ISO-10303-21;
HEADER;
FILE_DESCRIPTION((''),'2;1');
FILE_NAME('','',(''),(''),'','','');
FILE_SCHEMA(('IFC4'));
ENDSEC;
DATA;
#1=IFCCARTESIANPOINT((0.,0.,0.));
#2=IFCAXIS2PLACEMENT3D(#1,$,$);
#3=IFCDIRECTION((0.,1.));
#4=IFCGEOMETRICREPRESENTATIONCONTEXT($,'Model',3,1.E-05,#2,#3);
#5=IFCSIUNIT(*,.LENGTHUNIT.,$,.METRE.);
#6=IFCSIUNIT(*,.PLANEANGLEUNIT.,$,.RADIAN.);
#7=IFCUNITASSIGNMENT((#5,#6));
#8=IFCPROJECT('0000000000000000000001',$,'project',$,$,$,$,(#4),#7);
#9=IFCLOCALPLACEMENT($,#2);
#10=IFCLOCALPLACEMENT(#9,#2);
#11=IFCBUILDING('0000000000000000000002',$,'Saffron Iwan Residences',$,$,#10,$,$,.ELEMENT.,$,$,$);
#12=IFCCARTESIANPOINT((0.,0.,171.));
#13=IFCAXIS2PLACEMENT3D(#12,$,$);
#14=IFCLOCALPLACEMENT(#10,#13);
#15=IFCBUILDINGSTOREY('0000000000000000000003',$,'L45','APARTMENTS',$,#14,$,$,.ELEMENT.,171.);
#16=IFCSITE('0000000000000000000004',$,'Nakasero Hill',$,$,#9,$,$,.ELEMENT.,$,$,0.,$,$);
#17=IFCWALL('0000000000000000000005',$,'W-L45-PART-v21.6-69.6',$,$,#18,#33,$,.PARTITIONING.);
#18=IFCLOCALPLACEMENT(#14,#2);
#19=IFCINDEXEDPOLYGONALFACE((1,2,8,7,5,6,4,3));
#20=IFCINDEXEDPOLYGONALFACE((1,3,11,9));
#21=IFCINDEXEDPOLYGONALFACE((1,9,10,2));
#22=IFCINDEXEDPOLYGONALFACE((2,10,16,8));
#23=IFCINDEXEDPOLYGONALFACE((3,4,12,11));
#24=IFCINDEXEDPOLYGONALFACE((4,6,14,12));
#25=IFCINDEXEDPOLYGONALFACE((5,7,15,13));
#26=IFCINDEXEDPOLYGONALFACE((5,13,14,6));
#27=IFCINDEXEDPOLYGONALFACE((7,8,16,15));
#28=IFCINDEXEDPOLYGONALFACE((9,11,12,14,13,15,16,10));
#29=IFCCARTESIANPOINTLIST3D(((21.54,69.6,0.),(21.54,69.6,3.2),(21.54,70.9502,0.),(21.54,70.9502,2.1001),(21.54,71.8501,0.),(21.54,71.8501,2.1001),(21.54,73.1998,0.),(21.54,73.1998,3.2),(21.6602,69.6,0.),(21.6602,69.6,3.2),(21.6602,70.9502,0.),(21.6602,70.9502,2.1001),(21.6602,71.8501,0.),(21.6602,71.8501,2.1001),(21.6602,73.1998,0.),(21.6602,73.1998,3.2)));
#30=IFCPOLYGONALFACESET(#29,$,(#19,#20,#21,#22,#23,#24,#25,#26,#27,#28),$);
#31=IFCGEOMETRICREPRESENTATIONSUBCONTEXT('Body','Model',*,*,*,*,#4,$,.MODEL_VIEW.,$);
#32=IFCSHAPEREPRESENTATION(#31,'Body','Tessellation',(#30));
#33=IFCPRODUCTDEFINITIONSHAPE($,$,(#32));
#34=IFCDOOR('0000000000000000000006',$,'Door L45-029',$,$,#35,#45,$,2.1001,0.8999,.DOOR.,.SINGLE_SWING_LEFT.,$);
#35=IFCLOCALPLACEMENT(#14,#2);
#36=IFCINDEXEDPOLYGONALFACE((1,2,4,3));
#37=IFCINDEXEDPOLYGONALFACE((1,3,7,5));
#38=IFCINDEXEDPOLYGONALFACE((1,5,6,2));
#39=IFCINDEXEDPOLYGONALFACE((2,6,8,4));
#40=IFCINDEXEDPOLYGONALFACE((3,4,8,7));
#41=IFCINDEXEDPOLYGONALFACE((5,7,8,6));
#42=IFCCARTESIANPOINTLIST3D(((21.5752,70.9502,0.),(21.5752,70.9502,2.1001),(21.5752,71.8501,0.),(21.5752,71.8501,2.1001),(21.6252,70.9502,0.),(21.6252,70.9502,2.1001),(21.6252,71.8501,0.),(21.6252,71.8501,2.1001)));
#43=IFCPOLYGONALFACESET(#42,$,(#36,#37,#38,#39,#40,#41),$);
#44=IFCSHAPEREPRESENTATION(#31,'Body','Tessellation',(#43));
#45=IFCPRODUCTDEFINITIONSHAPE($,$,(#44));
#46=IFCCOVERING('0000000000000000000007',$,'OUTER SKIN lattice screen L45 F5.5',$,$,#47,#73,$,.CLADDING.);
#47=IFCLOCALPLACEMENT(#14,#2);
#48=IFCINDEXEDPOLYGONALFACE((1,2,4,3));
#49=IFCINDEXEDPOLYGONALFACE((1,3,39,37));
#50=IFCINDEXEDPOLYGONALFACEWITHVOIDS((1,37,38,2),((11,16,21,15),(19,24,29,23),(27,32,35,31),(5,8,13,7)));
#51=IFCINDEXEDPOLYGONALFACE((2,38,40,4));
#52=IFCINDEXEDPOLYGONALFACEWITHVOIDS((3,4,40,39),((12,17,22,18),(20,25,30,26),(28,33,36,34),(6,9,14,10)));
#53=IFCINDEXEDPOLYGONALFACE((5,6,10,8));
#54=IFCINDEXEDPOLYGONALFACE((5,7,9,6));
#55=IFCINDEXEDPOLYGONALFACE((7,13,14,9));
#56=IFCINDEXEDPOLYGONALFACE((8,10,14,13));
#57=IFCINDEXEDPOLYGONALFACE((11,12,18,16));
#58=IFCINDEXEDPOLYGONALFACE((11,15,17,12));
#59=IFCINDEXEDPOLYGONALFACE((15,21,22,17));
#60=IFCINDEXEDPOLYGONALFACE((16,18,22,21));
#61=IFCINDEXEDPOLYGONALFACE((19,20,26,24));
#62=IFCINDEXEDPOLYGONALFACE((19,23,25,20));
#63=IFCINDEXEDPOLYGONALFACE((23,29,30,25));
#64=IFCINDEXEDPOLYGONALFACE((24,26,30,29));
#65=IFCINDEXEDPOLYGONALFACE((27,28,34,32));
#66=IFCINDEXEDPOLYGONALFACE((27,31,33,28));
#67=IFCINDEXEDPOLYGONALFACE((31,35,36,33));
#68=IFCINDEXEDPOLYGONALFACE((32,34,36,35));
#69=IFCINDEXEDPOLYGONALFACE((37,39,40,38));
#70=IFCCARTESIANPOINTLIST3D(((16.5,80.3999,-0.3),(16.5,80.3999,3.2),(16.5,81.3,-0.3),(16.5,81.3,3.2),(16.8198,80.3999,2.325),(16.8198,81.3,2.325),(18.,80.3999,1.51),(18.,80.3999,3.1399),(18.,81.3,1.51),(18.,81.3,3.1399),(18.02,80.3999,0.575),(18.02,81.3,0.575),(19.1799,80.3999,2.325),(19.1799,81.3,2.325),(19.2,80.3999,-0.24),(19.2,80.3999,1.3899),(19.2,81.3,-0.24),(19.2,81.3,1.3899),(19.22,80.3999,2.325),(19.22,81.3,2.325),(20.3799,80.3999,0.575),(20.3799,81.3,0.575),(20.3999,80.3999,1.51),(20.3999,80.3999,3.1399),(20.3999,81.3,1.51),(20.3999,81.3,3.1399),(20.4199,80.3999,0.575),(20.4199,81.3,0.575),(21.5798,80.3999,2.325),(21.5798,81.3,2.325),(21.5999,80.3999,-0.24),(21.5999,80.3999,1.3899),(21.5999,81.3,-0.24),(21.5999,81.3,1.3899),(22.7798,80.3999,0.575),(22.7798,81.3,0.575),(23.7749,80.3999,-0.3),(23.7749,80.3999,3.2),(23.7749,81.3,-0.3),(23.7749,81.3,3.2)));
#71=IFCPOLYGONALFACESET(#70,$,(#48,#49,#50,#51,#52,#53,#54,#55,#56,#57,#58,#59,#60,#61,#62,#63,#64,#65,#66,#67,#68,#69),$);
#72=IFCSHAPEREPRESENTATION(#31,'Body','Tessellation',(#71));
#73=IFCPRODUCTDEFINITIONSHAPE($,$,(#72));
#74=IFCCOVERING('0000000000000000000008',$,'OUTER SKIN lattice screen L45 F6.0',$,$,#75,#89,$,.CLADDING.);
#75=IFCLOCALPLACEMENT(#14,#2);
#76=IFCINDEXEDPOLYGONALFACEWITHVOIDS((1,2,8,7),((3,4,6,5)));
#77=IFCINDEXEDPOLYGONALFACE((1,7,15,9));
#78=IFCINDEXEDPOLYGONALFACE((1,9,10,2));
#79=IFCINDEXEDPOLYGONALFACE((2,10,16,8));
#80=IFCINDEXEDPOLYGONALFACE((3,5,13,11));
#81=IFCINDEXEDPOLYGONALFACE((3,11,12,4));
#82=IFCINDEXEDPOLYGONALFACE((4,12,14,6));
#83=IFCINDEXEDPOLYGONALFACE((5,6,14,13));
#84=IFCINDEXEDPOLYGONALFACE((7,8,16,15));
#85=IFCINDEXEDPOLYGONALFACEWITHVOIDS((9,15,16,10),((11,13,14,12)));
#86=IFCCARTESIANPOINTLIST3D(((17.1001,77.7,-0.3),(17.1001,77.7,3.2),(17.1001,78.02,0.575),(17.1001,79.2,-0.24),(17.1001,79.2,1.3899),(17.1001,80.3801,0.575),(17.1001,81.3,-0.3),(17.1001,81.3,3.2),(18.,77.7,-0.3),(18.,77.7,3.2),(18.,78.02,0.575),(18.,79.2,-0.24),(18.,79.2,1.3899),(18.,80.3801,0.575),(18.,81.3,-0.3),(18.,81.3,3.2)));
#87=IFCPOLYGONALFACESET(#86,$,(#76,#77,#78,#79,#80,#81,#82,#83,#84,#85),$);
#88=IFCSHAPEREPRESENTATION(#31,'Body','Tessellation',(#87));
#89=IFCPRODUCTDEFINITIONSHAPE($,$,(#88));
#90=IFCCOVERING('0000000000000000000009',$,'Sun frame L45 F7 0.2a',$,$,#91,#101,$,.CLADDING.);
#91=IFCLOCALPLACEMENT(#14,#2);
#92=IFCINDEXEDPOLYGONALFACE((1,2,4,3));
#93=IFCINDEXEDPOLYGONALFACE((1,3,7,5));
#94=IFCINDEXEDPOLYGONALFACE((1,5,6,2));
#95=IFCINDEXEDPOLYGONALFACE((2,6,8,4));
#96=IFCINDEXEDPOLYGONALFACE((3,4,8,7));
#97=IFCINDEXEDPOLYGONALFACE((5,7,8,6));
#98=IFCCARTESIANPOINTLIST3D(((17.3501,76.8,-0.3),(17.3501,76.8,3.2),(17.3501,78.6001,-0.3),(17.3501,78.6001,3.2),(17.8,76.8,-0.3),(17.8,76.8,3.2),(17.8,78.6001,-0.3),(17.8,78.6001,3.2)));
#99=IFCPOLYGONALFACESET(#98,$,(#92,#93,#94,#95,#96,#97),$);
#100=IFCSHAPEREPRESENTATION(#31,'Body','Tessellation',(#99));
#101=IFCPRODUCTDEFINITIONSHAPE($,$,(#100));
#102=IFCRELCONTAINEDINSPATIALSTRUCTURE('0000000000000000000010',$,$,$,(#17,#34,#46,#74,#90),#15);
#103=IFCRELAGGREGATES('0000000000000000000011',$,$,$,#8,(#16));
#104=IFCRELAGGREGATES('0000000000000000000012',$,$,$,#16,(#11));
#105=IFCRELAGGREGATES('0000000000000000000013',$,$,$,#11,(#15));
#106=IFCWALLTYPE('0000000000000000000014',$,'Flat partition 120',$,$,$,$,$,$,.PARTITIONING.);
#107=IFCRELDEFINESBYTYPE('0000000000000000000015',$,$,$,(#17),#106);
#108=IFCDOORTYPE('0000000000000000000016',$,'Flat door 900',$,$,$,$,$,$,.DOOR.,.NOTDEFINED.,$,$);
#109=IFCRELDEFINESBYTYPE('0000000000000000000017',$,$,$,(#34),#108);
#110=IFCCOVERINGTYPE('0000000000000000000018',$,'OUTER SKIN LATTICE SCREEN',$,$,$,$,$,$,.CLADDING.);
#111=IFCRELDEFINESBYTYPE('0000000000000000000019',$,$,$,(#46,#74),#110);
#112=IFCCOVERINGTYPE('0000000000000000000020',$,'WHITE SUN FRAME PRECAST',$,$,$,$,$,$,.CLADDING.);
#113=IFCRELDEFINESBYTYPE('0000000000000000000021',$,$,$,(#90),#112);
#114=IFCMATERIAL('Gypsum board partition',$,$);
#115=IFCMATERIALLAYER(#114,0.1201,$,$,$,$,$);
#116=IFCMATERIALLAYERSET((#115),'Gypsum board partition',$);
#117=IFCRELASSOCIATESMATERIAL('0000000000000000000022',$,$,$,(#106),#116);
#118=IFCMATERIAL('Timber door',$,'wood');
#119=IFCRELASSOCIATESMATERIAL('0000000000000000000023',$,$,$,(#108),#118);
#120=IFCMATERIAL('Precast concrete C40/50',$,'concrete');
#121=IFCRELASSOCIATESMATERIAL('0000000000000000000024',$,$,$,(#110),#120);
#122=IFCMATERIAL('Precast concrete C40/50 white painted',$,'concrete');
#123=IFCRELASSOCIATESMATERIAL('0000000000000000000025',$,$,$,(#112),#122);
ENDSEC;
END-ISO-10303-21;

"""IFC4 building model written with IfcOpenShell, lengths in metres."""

from ifc_helpers import new_model, si_unit, direction, frame, frame_2d, origin, place, context, subcontext, project, spatial, polyline, rectangle, outline, extrude, material, layer, layer_set, type_object, element, fill, save


model = new_model("IFC4")

# Units and contexts
model_context = context("Model", 3, precision=1e-05, world=origin(), true_north=direction((0.0, 1.0)))
body_context = subcontext(model_context, "Body", "Model", "MODEL_VIEW")
ifc_project = project(units=[si_unit("LENGTHUNIT", "METRE"), si_unit("PLANEANGLEUNIT", "RADIAN")], contexts=[model_context])

# Site, building, storey
site_placement = place(None, origin())
site = spatial("IfcSite", under=ifc_project, at=site_placement, Name="Nakasero Hill", CompositionType="ELEMENT", RefElevation=0.0)
building_placement = place(site_placement, origin())
building = spatial("IfcBuilding", under=site, at=building_placement, Name="Saffron Iwan Residences", CompositionType="ELEMENT")
storey_placement = place(building_placement, frame((0.0, 0.0, 171.0)))
storey = spatial("IfcBuildingStorey", under=building, at=storey_placement, Name="L45", Description="APARTMENTS", CompositionType="ELEMENT", Elevation=171.0)

# Shared definitions
ifc_material_1 = material(Name="Gypsum board partition")
ifc_layer_1 = layer(ifc_material_1, 0.1201)
ifc_layer_set_1 = layer_set([ifc_layer_1], Name="Gypsum board partition")
wall_type_1 = type_object("IfcWallType", Name="Flat partition 120", PredefinedType="PARTITIONING", material=ifc_layer_set_1)

# Wall, opening, door
wall_1_placement = place(storey_placement, frame((21.6001, 69.6001, 0.0), z_axis=(0.0, 0.0, 1.0), x_axis=(0.0, 1.0, 0.0)))
wall_1 = element("IfcWall", 1, at=wall_1_placement, inside=storey, type_object=wall_type_1, Name="W-L45-PART-v21.6-69.6", PredefinedType="PARTITIONING", context=body_context, shape_type="SweptSolid", body=[
    extrude(rectangle(XDim=3.5999, YDim=0.1201, at=frame_2d((1.7998, 0.0))), origin(), (0.0, 0.0, 1.0), 3.2),
])
opening_1_placement = place(wall_1_placement, frame((1.3501, 0.0, 0.0)))
opening_1 = element("IfcOpeningElement", 2, at=opening_1_placement, cuts=wall_1, PredefinedType="OPENING", context=body_context, shape_type="SweptSolid", body=[
    extrude(rectangle(XDim=0.8999, YDim=2.1001, at=frame_2d((0.45, 1.05))), frame((0.0, 0.0701, 0.0), z_axis=(0.0, -1.0, 0.0), x_axis=(1.0, 0.0, 0.0)), (0.0, 0.0, 1.0), 0.1401),
])
ifc_material_2 = material(Name="Timber door", Category="wood")
door_type = type_object("IfcDoorType", Name="Flat door 900", OperationType="NOTDEFINED", PredefinedType="DOOR", material=ifc_material_2)
door_placement = place(opening_1_placement, origin())
door = element("IfcDoor", 3, at=door_placement, inside=storey, type_object=door_type, Name="Door L45-029", OperationType="SINGLE_SWING_LEFT", OverallHeight=2.1001, OverallWidth=0.8999, PredefinedType="DOOR", context=body_context, shape_type="SweptSolid", body=[
    extrude(rectangle(XDim=0.8999, YDim=2.1001, at=frame_2d((0.45, 1.05))), frame((0.0, 0.0249, 0.0), z_axis=(0.0, -1.0, 0.0), x_axis=(1.0, 0.0, 0.0)), (0.0, 0.0, 1.0), 0.05),
])
fill(opening_1, door)

# Coverings
ifc_material_3 = material(Name="Precast concrete C40/50", Category="concrete")
covering_type_1 = type_object("IfcCoveringType", Name="OUTER SKIN LATTICE SCREEN", PredefinedType="CLADDING", material=ifc_material_3)
covering_1_placement = place(storey_placement, frame((23.7749, 80.3999, -0.3), z_axis=(0.0, 1.0, 0.0), x_axis=(-1.0, 0.0, 0.0)))
element("IfcCovering", 4, at=covering_1_placement, inside=storey, type_object=covering_type_1, Name="OUTER SKIN lattice screen L45 F5.5", PredefinedType="CLADDING", context=body_context, shape_type="SweptSolid", body=[
    extrude(outline(polyline([(0.0, 0.0), (7.2749, 0.0), (7.2749, 3.5), (0.0, 3.5), (0.0, 0.0)]), holes=[polyline([(0.9951, 0.875), (2.175, 0.0601), (3.355, 0.875), (2.175, 1.6899), (0.9951, 0.875)]), polyline([(3.395, 0.875), (4.575, 0.0601), (5.7549, 0.875), (4.575, 1.6899), (3.395, 0.875)]), polyline([(2.1951, 2.625), (3.375, 1.8101), (4.5549, 2.625), (3.375, 3.4399), (2.1951, 2.625)]), polyline([(4.595, 2.625), (5.7749, 1.8101), (6.9551, 2.625), (5.7749, 3.4399), (4.595, 2.625)])]), origin(), (0.0, 0.0, 1.0), 0.9001),
])
covering_2_placement = place(storey_placement, frame((18.0, 81.3, -0.3), z_axis=(-1.0, 0.0, 0.0), x_axis=(0.0, -1.0, 0.0)))
element("IfcCovering", 5, at=covering_2_placement, inside=storey, type_object=covering_type_1, Name="OUTER SKIN lattice screen L45 F6.0", PredefinedType="CLADDING", context=body_context, shape_type="SweptSolid", body=[
    extrude(outline(polyline([(0.0, 0.0), (3.6001, 0.0), (3.6001, 3.5), (0.0, 3.5), (0.0, 0.0)]), holes=[polyline([(0.9199, 0.875), (2.1001, 0.0601), (3.28, 0.875), (2.1001, 1.6899), (0.9199, 0.875)])]), origin(), (0.0, 0.0, 1.0), 0.8999),
])
ifc_material_4 = material(Name="Precast concrete C40/50 white painted", Category="concrete")
covering_type_2 = type_object("IfcCoveringType", Name="WHITE SUN FRAME PRECAST", PredefinedType="CLADDING", material=ifc_material_4)
covering_3_placement = place(storey_placement, frame((17.8, 76.8, -0.3), z_axis=(0.0, 1.0, 0.0), x_axis=(-1.0, 0.0, 0.0)))
element("IfcCovering", 6, at=covering_3_placement, inside=storey, type_object=covering_type_2, Name="Sun frame L45 F7 0.2a", PredefinedType="CLADDING", context=body_context, shape_type="SweptSolid", body=[
    extrude(outline(polyline([(0.0, 0.0), (0.45, 0.0), (0.45, 3.5), (0.0, 3.5), (0.0, 0.0)])), origin(), (0.0, 0.0, 1.0), 1.8),
])

save(model, "model.ifc")
